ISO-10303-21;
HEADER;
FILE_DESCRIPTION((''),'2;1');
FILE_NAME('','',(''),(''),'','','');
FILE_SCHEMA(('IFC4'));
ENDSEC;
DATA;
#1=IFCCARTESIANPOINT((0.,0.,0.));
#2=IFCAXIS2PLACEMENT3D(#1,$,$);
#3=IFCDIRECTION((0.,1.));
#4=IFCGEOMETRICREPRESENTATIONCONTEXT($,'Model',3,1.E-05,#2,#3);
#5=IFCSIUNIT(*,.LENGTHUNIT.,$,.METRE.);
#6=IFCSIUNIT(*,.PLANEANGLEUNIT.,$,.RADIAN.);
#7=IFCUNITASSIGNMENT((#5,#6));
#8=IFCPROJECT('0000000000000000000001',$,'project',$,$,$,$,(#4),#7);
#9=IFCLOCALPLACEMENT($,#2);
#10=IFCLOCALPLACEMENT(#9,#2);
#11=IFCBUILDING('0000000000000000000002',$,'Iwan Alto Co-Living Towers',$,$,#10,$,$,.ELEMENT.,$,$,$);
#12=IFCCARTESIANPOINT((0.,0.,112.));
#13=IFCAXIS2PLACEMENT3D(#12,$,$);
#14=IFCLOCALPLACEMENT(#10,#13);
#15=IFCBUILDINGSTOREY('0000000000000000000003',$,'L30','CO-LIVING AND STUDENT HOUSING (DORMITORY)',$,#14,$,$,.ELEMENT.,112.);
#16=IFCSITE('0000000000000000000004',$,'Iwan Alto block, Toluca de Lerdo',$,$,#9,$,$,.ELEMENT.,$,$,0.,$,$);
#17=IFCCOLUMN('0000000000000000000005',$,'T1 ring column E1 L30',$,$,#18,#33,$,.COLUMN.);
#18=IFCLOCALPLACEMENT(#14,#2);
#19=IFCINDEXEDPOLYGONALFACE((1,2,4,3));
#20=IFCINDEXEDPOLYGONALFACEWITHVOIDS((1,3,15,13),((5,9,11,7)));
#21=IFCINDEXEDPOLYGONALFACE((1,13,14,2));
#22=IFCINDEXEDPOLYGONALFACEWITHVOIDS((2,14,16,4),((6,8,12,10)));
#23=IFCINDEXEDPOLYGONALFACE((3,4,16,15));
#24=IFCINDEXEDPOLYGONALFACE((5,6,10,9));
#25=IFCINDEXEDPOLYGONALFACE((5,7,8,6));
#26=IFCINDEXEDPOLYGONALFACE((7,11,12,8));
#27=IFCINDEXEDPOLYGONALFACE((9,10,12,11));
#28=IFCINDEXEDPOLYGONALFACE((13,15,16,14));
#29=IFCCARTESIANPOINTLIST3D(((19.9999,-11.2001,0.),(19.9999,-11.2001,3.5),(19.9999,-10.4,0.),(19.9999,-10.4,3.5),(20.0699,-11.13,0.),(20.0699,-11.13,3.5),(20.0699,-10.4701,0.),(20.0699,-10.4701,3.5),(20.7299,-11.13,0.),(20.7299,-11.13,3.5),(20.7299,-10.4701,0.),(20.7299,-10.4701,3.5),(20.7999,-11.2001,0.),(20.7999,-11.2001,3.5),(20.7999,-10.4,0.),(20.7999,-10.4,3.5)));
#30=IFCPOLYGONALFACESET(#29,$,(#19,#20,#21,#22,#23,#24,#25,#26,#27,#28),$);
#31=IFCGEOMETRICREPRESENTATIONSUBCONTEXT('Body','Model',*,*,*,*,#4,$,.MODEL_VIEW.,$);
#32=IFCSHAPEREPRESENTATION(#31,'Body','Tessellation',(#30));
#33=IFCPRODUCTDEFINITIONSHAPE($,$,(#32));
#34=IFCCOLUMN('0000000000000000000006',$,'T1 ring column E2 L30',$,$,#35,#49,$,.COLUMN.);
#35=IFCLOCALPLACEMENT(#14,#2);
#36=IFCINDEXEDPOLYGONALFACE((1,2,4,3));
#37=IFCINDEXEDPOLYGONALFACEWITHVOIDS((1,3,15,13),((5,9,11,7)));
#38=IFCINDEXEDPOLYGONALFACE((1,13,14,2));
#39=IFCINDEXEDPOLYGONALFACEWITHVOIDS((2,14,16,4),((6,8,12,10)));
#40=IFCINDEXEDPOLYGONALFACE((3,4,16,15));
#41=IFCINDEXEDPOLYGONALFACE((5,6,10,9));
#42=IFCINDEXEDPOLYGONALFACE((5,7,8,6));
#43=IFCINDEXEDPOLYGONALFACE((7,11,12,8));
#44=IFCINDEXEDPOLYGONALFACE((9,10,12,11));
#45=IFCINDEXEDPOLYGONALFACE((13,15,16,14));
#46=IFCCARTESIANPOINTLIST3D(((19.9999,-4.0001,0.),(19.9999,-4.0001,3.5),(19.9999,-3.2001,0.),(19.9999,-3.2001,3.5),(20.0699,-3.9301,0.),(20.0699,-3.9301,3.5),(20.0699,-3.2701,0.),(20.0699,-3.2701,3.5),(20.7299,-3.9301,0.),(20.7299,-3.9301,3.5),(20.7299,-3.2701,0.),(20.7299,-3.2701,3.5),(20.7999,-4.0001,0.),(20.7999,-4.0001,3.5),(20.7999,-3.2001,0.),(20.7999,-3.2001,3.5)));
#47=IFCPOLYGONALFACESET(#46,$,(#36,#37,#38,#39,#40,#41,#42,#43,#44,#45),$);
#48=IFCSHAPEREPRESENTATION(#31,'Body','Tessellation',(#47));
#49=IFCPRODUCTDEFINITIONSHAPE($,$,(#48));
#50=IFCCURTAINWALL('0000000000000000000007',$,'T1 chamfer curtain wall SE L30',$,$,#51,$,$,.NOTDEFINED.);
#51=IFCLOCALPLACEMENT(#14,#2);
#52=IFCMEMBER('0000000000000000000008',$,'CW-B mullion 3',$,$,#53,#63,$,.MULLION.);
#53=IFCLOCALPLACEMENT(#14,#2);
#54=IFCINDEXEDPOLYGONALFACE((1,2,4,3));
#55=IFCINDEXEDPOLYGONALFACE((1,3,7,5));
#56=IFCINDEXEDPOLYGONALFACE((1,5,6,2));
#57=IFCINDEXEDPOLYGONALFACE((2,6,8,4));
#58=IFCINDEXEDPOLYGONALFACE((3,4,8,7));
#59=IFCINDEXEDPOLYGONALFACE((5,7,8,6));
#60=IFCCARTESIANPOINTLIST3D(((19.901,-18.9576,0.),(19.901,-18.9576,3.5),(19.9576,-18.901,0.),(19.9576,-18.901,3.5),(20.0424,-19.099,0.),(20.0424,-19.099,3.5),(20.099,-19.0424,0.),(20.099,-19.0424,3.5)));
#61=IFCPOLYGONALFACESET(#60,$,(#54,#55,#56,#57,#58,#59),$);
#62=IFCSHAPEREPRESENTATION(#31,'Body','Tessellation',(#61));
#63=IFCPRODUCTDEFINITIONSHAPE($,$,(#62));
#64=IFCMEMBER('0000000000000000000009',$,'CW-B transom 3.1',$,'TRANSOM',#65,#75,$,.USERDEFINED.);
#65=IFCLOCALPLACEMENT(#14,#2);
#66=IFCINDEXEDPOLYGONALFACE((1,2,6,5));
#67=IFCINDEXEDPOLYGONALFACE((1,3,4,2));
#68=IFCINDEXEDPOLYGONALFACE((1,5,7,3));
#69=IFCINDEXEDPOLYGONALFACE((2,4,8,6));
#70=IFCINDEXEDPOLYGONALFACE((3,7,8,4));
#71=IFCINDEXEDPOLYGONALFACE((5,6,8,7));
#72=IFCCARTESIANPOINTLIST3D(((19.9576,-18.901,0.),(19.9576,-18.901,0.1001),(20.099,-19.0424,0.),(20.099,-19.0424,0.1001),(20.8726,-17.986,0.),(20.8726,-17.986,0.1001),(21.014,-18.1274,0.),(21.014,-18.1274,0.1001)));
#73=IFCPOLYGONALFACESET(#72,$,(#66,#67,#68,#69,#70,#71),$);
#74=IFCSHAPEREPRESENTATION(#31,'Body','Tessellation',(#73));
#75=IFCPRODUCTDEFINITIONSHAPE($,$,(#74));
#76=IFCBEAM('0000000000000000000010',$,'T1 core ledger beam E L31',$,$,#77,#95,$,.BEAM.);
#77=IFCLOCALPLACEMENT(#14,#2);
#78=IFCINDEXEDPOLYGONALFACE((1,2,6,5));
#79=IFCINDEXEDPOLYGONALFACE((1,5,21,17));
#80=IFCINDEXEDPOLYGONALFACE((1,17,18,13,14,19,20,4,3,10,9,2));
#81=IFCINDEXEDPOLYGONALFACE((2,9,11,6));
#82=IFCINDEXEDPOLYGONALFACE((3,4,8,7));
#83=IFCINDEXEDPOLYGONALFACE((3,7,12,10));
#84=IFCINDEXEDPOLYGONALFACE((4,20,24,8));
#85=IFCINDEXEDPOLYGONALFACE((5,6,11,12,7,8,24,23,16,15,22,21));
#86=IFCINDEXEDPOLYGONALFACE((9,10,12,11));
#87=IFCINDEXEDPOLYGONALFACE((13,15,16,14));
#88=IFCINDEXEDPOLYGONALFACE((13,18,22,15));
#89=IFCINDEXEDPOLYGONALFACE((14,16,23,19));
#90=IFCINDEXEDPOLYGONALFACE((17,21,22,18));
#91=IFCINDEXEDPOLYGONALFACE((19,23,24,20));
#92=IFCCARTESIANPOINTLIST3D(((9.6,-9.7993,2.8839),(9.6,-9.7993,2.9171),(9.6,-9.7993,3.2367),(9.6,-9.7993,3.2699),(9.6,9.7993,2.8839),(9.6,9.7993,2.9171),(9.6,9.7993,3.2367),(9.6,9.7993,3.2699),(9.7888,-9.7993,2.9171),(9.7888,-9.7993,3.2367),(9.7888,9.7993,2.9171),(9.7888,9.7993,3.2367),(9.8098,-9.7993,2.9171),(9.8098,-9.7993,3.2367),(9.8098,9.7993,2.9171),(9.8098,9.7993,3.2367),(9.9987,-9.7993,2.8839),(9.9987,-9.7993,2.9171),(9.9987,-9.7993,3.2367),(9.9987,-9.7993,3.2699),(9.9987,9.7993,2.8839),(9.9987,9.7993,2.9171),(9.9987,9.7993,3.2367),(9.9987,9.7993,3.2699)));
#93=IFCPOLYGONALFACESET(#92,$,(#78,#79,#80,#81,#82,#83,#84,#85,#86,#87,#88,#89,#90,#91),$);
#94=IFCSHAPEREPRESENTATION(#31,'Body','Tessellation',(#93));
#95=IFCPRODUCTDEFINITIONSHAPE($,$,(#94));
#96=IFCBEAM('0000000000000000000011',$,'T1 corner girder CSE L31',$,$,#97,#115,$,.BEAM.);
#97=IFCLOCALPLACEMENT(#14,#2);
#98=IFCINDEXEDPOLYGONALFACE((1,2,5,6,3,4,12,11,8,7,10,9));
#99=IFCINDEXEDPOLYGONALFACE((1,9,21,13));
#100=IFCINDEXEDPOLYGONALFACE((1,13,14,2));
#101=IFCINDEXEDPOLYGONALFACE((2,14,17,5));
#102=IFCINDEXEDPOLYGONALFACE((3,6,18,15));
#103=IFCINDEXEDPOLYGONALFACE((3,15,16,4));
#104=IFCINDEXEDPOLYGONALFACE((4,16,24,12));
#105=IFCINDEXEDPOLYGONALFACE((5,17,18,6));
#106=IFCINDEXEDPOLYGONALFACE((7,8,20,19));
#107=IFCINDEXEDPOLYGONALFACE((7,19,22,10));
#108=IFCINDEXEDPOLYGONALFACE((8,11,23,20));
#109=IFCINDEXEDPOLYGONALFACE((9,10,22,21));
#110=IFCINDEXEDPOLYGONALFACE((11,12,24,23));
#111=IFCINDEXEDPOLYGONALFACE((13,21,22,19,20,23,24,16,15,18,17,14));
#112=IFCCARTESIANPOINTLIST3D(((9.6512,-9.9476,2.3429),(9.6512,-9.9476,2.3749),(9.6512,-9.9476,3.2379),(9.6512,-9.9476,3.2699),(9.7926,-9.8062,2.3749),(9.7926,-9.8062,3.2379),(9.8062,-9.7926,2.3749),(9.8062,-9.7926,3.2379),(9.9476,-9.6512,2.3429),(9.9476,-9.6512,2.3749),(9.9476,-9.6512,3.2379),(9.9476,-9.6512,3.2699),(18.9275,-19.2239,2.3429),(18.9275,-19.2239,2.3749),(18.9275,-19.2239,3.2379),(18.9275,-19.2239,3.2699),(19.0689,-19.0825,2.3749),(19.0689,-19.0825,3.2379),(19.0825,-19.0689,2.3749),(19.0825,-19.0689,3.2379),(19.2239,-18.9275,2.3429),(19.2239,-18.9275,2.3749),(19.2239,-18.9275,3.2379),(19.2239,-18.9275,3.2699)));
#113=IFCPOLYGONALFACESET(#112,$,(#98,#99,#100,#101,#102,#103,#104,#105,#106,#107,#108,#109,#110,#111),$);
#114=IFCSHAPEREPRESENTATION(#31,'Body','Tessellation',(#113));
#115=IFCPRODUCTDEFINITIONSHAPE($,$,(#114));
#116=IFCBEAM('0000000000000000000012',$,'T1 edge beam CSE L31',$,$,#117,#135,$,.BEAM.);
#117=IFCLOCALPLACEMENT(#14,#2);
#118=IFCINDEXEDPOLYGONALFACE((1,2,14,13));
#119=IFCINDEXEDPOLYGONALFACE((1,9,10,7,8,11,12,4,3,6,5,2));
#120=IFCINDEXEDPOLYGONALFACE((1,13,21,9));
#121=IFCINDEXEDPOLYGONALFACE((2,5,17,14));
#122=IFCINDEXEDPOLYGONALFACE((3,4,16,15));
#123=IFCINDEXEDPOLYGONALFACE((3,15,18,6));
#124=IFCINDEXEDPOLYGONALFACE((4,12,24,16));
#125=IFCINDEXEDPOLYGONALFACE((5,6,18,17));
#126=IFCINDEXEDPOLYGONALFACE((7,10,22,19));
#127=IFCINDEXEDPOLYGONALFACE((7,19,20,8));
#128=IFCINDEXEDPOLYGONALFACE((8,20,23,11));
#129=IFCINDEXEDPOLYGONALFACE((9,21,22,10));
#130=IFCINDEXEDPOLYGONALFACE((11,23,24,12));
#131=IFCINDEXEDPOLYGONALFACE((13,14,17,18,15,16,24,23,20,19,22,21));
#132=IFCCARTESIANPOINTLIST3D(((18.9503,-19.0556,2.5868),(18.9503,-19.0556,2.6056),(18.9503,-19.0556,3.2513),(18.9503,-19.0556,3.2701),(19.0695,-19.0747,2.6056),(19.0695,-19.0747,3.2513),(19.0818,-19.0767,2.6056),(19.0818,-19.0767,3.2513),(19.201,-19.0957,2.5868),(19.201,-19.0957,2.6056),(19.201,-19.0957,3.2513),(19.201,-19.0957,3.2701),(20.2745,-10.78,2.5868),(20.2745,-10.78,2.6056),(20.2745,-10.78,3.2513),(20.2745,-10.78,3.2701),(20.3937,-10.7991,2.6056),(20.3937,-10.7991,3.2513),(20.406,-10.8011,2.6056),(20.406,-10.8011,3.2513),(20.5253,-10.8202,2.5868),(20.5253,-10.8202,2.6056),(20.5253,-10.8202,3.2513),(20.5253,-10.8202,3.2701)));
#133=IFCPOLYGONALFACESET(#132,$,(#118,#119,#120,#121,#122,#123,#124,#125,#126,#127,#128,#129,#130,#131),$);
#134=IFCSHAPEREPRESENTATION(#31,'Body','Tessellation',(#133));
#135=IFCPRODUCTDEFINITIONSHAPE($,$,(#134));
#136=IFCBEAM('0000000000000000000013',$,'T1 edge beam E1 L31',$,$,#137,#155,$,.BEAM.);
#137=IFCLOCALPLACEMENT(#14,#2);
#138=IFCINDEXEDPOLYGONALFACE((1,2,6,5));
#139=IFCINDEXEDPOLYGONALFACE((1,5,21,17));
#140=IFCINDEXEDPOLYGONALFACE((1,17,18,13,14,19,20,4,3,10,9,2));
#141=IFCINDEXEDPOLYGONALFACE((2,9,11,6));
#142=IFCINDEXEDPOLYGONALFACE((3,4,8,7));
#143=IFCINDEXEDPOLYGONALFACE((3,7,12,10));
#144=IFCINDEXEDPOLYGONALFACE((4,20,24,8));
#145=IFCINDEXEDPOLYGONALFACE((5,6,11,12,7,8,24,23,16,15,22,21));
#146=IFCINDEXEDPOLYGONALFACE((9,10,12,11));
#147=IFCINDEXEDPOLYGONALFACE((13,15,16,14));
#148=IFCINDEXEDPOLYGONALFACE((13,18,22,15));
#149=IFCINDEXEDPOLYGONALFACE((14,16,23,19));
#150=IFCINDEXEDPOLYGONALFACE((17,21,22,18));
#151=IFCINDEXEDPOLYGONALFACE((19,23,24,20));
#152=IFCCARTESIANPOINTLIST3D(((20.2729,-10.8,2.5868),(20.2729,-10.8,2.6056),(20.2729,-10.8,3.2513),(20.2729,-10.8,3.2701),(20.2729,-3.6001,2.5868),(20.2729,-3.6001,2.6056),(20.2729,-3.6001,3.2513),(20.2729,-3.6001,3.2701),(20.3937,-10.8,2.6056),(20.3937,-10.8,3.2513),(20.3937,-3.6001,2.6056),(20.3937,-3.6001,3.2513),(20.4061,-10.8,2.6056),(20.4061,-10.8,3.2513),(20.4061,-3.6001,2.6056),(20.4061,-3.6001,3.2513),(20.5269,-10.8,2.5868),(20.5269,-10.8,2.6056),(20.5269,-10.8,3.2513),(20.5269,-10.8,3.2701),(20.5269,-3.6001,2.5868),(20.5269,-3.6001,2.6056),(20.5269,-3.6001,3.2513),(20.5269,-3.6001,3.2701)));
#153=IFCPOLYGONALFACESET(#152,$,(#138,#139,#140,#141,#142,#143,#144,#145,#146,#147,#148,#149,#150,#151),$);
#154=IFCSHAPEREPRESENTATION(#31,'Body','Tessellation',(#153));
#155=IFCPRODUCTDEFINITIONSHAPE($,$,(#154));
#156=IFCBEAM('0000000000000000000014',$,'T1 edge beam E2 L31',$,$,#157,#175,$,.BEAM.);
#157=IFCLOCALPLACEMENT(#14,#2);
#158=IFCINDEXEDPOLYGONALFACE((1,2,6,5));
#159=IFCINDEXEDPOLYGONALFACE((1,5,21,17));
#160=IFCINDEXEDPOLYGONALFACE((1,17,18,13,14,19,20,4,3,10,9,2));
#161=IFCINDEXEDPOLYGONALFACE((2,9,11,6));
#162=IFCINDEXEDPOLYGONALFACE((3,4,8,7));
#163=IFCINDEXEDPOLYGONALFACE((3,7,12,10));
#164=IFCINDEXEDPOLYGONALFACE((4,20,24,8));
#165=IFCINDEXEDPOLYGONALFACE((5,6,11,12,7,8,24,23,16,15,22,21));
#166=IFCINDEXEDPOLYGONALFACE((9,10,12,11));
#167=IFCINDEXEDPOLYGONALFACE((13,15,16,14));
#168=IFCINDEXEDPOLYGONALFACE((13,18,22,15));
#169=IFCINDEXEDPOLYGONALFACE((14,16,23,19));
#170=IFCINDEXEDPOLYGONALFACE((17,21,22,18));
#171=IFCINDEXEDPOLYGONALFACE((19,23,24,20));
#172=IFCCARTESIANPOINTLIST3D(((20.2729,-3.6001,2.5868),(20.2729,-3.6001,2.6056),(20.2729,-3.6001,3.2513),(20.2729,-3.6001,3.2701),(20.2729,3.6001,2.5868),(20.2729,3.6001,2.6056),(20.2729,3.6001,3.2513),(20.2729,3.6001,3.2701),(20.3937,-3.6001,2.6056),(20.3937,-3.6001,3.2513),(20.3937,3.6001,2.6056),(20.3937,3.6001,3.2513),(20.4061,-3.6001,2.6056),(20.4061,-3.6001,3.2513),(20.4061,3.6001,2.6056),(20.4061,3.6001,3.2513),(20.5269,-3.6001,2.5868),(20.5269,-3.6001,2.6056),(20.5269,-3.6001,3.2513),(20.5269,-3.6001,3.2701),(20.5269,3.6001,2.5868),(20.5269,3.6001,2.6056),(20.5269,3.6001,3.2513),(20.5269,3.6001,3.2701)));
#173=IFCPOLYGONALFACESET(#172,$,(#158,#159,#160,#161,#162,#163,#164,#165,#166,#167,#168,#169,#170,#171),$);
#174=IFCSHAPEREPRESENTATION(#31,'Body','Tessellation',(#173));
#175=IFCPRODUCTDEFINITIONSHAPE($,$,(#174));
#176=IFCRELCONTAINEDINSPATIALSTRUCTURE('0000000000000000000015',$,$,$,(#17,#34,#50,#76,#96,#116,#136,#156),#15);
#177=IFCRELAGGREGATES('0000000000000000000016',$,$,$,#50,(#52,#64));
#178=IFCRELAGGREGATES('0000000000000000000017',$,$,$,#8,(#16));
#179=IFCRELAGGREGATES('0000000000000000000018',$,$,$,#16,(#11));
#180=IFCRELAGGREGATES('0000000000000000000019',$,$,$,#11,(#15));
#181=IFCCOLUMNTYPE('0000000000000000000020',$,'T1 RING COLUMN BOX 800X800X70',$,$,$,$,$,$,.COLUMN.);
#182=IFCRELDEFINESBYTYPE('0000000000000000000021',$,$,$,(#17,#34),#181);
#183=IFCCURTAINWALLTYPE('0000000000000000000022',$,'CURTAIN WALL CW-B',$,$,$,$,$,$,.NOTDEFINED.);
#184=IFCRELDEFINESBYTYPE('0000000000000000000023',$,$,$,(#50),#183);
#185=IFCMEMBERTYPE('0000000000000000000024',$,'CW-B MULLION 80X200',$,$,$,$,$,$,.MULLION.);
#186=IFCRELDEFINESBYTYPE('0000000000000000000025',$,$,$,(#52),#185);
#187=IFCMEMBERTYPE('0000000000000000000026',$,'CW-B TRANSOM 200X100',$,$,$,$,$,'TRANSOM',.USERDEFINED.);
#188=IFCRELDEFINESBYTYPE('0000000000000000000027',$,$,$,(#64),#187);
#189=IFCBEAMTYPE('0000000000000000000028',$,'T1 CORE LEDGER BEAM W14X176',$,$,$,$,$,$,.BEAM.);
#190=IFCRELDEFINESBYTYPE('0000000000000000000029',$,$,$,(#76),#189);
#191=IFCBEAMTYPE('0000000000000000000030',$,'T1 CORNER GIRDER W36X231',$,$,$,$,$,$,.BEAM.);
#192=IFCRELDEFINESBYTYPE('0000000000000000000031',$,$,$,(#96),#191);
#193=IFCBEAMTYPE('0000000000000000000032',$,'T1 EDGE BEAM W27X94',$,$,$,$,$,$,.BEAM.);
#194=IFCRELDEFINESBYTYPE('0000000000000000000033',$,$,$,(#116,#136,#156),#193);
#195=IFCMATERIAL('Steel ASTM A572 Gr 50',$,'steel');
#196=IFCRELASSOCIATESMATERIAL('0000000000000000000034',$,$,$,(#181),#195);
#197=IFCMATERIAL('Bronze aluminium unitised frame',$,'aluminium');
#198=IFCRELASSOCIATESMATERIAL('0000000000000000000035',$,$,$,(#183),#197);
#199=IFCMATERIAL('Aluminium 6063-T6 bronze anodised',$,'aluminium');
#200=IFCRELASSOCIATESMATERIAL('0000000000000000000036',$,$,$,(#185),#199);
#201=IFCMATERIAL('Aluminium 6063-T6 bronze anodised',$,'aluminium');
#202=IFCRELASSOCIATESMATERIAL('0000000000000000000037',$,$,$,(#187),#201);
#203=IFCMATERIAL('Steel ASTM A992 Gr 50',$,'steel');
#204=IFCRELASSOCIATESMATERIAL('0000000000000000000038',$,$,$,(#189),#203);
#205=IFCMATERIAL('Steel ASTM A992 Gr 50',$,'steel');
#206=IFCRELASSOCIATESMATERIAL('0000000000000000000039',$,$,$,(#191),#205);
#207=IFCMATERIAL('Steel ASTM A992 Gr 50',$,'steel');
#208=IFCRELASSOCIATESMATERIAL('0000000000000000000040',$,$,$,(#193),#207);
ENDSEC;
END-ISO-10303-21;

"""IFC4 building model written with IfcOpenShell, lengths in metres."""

from ifc_helpers import new_model, si_unit, direction, frame, origin, origin_2d, place, context, subcontext, project, spatial, rectangle, hollow_rectangle, i_section, extrude, material, material_profile, profile_set, type_object, element, aggregate, save


model = new_model("IFC4")

# Units and contexts
model_context = context("Model", 3, precision=1e-05, world=origin(), true_north=direction((0.0, 1.0)))
body_context = subcontext(model_context, "Body", "Model", "MODEL_VIEW")
ifc_project = project(units=[si_unit("LENGTHUNIT", "METRE"), si_unit("PLANEANGLEUNIT", "RADIAN")], contexts=[model_context])

# Site, building, storey
site_placement = place(None, origin())
site = spatial("IfcSite", under=ifc_project, at=site_placement, Name="Iwan Alto block, Toluca de Lerdo", CompositionType="ELEMENT", RefElevation=0.0)
building_placement = place(site_placement, origin())
building = spatial("IfcBuilding", under=site, at=building_placement, Name="Iwan Alto Co-Living Towers", CompositionType="ELEMENT")
storey_placement = place(building_placement, frame((0.0, 0.0, 112.0)))
storey = spatial("IfcBuildingStorey", under=building, at=storey_placement, Name="L30", Description="CO-LIVING AND STUDENT HOUSING (DORMITORY)", CompositionType="ELEMENT", Elevation=112.0)

# Columns
ifc_material_1 = material(Name="Steel ASTM A572 Gr 50", Category="steel")
ifc_material_profile_1 = material_profile(ifc_material_1, hollow_rectangle(XDim=0.8, YDim=0.8, WallThickness=0.0701, at=origin_2d()), Name="BOX 800X800X70")
ifc_profile_set_1 = profile_set([ifc_material_profile_1], Name="Steel ASTM A572 Gr 50")
column_type = type_object("IfcColumnType", Name="T1 RING COLUMN BOX 800X800X70", PredefinedType="COLUMN", material=ifc_profile_set_1)
for number, where, z_axis, x_axis, name in (
    (1, (20.3999, -10.8, 0.0), (0.0, 0.0, 1.0), (1.0, 0.0, 0.0), "T1 ring column E1 L30"),
    (2, (20.3999, -3.6001, 0.0), (0.0, 0.0, 1.0), (1.0, 0.0, 0.0), "T1 ring column E2 L30"),
):
    element("IfcColumn", number, at=place(storey_placement, frame(where, z_axis=z_axis, x_axis=x_axis)), inside=storey, type_object=column_type, Name=name, PredefinedType="COLUMN", context=body_context, shape_type="SweptSolid", body=[
        extrude(hollow_rectangle(XDim=0.8, YDim=0.8, WallThickness=0.0701, at=origin_2d()), origin(), (0.0, 0.0, 1.0), 3.5),
    ])

# Curtain wall, members
ifc_material_2 = material(Name="Bronze aluminium unitised frame", Category="aluminium")
curtain_wall_type = type_object("IfcCurtainWallType", Name="CURTAIN WALL CW-B", PredefinedType="NOTDEFINED", material=ifc_material_2)
curtain_wall_placement = place(storey_placement, origin())
curtain_wall = element("IfcCurtainWall", 3, at=curtain_wall_placement, inside=storey, type_object=curtain_wall_type, Name="T1 chamfer curtain wall SE L30", PredefinedType="NOTDEFINED")
ifc_material_3 = material(Name="Aluminium 6063-T6 bronze anodised", Category="aluminium")
ifc_material_profile_2 = material_profile(ifc_material_3, rectangle(XDim=0.2, YDim=0.0801, at=origin_2d()), Name="AL 80X200")
ifc_profile_set_2 = profile_set([ifc_material_profile_2], Name="Aluminium 6063-T6 bronze anodised")
member_type_1 = type_object("IfcMemberType", Name="CW-B MULLION 80X200", PredefinedType="MULLION", material=ifc_profile_set_2)
member_1_placement = place(storey_placement, frame((20.0, -19.0, 0.0), z_axis=(0.0, 0.0, 1.0), x_axis=(-0.707107, 0.707107, 0.0)))
member_1 = element("IfcMember", 4, at=member_1_placement, type_object=member_type_1, Name="CW-B mullion 3", PredefinedType="MULLION", context=body_context, shape_type="SweptSolid", body=[
    extrude(rectangle(XDim=0.2, YDim=0.0801, at=origin_2d()), origin(), (0.0, 0.0, 1.0), 3.5),
])
ifc_material_4 = material(Name="Aluminium 6063-T6 bronze anodised", Category="aluminium")
ifc_material_profile_3 = material_profile(ifc_material_4, rectangle(XDim=0.2, YDim=0.1001, at=origin_2d()), Name="AL 200X100")
ifc_profile_set_3 = profile_set([ifc_material_profile_3], Name="Aluminium 6063-T6 bronze anodised")
member_type_2 = type_object("IfcMemberType", Name="CW-B TRANSOM 200X100", ElementType="TRANSOM", PredefinedType="USERDEFINED", material=ifc_profile_set_3)
member_2_placement = place(storey_placement, frame((20.0283, -18.9717, 0.05), z_axis=(0.707107, 0.707107, 0.0), x_axis=(-0.707107, 0.707107, 0.0)))
member_2 = element("IfcMember", 5, at=member_2_placement, type_object=member_type_2, Name="CW-B transom 3.1", ObjectType="TRANSOM", PredefinedType="USERDEFINED", context=body_context, shape_type="SweptSolid", body=[
    extrude(rectangle(XDim=0.2, YDim=0.1001, at=origin_2d()), origin(), (0.0, 0.0, 1.0), 1.2939),
])
aggregate(curtain_wall, [member_1, member_2])

# Beams
ifc_material_5 = material(Name="Steel ASTM A992 Gr 50", Category="steel")
ifc_material_profile_4 = material_profile(ifc_material_5, i_section(OverallWidth=0.3987, OverallDepth=0.386, WebThickness=0.021, FlangeThickness=0.0332, at=origin_2d()), Name="W14X176")
ifc_profile_set_4 = profile_set([ifc_material_profile_4], Name="Steel ASTM A992 Gr 50")
beam_type_1 = type_object("IfcBeamType", Name="T1 CORE LEDGER BEAM W14X176", PredefinedType="BEAM", material=ifc_profile_set_4)
beam_1_placement = place(storey_placement, frame((9.7993, -9.7993, 3.0769), z_axis=(0.0, 1.0, 0.0), x_axis=(-1.0, 0.0, 0.0)))
element("IfcBeam", 6, at=beam_1_placement, inside=storey, type_object=beam_type_1, Name="T1 core ledger beam E L31", PredefinedType="BEAM", context=body_context, shape_type="SweptSolid", body=[
    extrude(i_section(OverallWidth=0.3987, OverallDepth=0.386, WebThickness=0.021, FlangeThickness=0.0332, at=origin_2d()), origin(), (0.0, 0.0, 1.0), 19.5986),
])
ifc_material_6 = material(Name="Steel ASTM A992 Gr 50", Category="steel")
ifc_material_profile_5 = material_profile(ifc_material_6, i_section(OverallWidth=0.4192, OverallDepth=0.927, WebThickness=0.0193, FlangeThickness=0.032, at=origin_2d()), Name="W36X231")
ifc_profile_set_5 = profile_set([ifc_material_profile_5], Name="Steel ASTM A992 Gr 50")
beam_type_2 = type_object("IfcBeamType", Name="T1 CORNER GIRDER W36X231", PredefinedType="BEAM", material=ifc_profile_set_5)
beam_2_placement = place(storey_placement, frame((19.0757, -19.0757, 2.8064), z_axis=(-0.707107, 0.707107, 0.0), x_axis=(-0.707107, -0.707107, 0.0)))
element("IfcBeam", 7, at=beam_2_placement, inside=storey, type_object=beam_type_2, Name="T1 corner girder CSE L31", PredefinedType="BEAM", context=body_context, shape_type="SweptSolid", body=[
    extrude(i_section(OverallWidth=0.4192, OverallDepth=0.927, WebThickness=0.0193, FlangeThickness=0.032, at=origin_2d()), origin(), (0.0, 0.0, 1.0), 13.1187),
])
ifc_material_7 = material(Name="Steel ASTM A992 Gr 50", Category="steel")
ifc_material_profile_6 = material_profile(ifc_material_7, i_section(OverallWidth=0.2539, OverallDepth=0.6833, WebThickness=0.0125, FlangeThickness=0.0188, at=origin_2d()), Name="W27X94")
ifc_profile_set_6 = profile_set([ifc_material_profile_6], Name="Steel ASTM A992 Gr 50")
beam_type_3 = type_object("IfcBeamType", Name="T1 EDGE BEAM W27X94", PredefinedType="BEAM", material=ifc_profile_set_6)
beam_3_placement = place(storey_placement, frame((19.0757, -19.0757, 2.9285), z_axis=(0.158004, 0.987438, 0.0), x_axis=(-0.987438, 0.158004, 0.0)))
element("IfcBeam", 8, at=beam_3_placement, inside=storey, type_object=beam_type_3, Name="T1 edge beam CSE L31", PredefinedType="BEAM", context=body_context, shape_type="SweptSolid", body=[
    extrude(i_section(OverallWidth=0.2539, OverallDepth=0.6833, WebThickness=0.0125, FlangeThickness=0.0188, at=origin_2d()), origin(), (0.0, 0.0, 1.0), 8.3809),
])
beam_4_placement = place(storey_placement, frame((20.3999, -10.8, 2.9285), z_axis=(0.0, 1.0, 0.0), x_axis=(-1.0, 0.0, 0.0)))
element("IfcBeam", 9, at=beam_4_placement, inside=storey, type_object=beam_type_3, Name="T1 edge beam E1 L31", PredefinedType="BEAM", context=body_context, shape_type="SweptSolid", body=[
    extrude(i_section(OverallWidth=0.2539, OverallDepth=0.6833, WebThickness=0.0125, FlangeThickness=0.0188, at=origin_2d()), origin(), (0.0, 0.0, 1.0), 7.2),
])
beam_5_placement = place(storey_placement, frame((20.3999, -3.6001, 2.9285), z_axis=(0.0, 1.0, 0.0), x_axis=(-1.0, 0.0, 0.0)))
element("IfcBeam", 10, at=beam_5_placement, inside=storey, type_object=beam_type_3, Name="T1 edge beam E2 L31", PredefinedType="BEAM", context=body_context, shape_type="SweptSolid", body=[
    extrude(i_section(OverallWidth=0.2539, OverallDepth=0.6833, WebThickness=0.0125, FlangeThickness=0.0188, at=origin_2d()), origin(), (0.0, 0.0, 1.0), 7.2002),
])

save(model, "model.ifc")
